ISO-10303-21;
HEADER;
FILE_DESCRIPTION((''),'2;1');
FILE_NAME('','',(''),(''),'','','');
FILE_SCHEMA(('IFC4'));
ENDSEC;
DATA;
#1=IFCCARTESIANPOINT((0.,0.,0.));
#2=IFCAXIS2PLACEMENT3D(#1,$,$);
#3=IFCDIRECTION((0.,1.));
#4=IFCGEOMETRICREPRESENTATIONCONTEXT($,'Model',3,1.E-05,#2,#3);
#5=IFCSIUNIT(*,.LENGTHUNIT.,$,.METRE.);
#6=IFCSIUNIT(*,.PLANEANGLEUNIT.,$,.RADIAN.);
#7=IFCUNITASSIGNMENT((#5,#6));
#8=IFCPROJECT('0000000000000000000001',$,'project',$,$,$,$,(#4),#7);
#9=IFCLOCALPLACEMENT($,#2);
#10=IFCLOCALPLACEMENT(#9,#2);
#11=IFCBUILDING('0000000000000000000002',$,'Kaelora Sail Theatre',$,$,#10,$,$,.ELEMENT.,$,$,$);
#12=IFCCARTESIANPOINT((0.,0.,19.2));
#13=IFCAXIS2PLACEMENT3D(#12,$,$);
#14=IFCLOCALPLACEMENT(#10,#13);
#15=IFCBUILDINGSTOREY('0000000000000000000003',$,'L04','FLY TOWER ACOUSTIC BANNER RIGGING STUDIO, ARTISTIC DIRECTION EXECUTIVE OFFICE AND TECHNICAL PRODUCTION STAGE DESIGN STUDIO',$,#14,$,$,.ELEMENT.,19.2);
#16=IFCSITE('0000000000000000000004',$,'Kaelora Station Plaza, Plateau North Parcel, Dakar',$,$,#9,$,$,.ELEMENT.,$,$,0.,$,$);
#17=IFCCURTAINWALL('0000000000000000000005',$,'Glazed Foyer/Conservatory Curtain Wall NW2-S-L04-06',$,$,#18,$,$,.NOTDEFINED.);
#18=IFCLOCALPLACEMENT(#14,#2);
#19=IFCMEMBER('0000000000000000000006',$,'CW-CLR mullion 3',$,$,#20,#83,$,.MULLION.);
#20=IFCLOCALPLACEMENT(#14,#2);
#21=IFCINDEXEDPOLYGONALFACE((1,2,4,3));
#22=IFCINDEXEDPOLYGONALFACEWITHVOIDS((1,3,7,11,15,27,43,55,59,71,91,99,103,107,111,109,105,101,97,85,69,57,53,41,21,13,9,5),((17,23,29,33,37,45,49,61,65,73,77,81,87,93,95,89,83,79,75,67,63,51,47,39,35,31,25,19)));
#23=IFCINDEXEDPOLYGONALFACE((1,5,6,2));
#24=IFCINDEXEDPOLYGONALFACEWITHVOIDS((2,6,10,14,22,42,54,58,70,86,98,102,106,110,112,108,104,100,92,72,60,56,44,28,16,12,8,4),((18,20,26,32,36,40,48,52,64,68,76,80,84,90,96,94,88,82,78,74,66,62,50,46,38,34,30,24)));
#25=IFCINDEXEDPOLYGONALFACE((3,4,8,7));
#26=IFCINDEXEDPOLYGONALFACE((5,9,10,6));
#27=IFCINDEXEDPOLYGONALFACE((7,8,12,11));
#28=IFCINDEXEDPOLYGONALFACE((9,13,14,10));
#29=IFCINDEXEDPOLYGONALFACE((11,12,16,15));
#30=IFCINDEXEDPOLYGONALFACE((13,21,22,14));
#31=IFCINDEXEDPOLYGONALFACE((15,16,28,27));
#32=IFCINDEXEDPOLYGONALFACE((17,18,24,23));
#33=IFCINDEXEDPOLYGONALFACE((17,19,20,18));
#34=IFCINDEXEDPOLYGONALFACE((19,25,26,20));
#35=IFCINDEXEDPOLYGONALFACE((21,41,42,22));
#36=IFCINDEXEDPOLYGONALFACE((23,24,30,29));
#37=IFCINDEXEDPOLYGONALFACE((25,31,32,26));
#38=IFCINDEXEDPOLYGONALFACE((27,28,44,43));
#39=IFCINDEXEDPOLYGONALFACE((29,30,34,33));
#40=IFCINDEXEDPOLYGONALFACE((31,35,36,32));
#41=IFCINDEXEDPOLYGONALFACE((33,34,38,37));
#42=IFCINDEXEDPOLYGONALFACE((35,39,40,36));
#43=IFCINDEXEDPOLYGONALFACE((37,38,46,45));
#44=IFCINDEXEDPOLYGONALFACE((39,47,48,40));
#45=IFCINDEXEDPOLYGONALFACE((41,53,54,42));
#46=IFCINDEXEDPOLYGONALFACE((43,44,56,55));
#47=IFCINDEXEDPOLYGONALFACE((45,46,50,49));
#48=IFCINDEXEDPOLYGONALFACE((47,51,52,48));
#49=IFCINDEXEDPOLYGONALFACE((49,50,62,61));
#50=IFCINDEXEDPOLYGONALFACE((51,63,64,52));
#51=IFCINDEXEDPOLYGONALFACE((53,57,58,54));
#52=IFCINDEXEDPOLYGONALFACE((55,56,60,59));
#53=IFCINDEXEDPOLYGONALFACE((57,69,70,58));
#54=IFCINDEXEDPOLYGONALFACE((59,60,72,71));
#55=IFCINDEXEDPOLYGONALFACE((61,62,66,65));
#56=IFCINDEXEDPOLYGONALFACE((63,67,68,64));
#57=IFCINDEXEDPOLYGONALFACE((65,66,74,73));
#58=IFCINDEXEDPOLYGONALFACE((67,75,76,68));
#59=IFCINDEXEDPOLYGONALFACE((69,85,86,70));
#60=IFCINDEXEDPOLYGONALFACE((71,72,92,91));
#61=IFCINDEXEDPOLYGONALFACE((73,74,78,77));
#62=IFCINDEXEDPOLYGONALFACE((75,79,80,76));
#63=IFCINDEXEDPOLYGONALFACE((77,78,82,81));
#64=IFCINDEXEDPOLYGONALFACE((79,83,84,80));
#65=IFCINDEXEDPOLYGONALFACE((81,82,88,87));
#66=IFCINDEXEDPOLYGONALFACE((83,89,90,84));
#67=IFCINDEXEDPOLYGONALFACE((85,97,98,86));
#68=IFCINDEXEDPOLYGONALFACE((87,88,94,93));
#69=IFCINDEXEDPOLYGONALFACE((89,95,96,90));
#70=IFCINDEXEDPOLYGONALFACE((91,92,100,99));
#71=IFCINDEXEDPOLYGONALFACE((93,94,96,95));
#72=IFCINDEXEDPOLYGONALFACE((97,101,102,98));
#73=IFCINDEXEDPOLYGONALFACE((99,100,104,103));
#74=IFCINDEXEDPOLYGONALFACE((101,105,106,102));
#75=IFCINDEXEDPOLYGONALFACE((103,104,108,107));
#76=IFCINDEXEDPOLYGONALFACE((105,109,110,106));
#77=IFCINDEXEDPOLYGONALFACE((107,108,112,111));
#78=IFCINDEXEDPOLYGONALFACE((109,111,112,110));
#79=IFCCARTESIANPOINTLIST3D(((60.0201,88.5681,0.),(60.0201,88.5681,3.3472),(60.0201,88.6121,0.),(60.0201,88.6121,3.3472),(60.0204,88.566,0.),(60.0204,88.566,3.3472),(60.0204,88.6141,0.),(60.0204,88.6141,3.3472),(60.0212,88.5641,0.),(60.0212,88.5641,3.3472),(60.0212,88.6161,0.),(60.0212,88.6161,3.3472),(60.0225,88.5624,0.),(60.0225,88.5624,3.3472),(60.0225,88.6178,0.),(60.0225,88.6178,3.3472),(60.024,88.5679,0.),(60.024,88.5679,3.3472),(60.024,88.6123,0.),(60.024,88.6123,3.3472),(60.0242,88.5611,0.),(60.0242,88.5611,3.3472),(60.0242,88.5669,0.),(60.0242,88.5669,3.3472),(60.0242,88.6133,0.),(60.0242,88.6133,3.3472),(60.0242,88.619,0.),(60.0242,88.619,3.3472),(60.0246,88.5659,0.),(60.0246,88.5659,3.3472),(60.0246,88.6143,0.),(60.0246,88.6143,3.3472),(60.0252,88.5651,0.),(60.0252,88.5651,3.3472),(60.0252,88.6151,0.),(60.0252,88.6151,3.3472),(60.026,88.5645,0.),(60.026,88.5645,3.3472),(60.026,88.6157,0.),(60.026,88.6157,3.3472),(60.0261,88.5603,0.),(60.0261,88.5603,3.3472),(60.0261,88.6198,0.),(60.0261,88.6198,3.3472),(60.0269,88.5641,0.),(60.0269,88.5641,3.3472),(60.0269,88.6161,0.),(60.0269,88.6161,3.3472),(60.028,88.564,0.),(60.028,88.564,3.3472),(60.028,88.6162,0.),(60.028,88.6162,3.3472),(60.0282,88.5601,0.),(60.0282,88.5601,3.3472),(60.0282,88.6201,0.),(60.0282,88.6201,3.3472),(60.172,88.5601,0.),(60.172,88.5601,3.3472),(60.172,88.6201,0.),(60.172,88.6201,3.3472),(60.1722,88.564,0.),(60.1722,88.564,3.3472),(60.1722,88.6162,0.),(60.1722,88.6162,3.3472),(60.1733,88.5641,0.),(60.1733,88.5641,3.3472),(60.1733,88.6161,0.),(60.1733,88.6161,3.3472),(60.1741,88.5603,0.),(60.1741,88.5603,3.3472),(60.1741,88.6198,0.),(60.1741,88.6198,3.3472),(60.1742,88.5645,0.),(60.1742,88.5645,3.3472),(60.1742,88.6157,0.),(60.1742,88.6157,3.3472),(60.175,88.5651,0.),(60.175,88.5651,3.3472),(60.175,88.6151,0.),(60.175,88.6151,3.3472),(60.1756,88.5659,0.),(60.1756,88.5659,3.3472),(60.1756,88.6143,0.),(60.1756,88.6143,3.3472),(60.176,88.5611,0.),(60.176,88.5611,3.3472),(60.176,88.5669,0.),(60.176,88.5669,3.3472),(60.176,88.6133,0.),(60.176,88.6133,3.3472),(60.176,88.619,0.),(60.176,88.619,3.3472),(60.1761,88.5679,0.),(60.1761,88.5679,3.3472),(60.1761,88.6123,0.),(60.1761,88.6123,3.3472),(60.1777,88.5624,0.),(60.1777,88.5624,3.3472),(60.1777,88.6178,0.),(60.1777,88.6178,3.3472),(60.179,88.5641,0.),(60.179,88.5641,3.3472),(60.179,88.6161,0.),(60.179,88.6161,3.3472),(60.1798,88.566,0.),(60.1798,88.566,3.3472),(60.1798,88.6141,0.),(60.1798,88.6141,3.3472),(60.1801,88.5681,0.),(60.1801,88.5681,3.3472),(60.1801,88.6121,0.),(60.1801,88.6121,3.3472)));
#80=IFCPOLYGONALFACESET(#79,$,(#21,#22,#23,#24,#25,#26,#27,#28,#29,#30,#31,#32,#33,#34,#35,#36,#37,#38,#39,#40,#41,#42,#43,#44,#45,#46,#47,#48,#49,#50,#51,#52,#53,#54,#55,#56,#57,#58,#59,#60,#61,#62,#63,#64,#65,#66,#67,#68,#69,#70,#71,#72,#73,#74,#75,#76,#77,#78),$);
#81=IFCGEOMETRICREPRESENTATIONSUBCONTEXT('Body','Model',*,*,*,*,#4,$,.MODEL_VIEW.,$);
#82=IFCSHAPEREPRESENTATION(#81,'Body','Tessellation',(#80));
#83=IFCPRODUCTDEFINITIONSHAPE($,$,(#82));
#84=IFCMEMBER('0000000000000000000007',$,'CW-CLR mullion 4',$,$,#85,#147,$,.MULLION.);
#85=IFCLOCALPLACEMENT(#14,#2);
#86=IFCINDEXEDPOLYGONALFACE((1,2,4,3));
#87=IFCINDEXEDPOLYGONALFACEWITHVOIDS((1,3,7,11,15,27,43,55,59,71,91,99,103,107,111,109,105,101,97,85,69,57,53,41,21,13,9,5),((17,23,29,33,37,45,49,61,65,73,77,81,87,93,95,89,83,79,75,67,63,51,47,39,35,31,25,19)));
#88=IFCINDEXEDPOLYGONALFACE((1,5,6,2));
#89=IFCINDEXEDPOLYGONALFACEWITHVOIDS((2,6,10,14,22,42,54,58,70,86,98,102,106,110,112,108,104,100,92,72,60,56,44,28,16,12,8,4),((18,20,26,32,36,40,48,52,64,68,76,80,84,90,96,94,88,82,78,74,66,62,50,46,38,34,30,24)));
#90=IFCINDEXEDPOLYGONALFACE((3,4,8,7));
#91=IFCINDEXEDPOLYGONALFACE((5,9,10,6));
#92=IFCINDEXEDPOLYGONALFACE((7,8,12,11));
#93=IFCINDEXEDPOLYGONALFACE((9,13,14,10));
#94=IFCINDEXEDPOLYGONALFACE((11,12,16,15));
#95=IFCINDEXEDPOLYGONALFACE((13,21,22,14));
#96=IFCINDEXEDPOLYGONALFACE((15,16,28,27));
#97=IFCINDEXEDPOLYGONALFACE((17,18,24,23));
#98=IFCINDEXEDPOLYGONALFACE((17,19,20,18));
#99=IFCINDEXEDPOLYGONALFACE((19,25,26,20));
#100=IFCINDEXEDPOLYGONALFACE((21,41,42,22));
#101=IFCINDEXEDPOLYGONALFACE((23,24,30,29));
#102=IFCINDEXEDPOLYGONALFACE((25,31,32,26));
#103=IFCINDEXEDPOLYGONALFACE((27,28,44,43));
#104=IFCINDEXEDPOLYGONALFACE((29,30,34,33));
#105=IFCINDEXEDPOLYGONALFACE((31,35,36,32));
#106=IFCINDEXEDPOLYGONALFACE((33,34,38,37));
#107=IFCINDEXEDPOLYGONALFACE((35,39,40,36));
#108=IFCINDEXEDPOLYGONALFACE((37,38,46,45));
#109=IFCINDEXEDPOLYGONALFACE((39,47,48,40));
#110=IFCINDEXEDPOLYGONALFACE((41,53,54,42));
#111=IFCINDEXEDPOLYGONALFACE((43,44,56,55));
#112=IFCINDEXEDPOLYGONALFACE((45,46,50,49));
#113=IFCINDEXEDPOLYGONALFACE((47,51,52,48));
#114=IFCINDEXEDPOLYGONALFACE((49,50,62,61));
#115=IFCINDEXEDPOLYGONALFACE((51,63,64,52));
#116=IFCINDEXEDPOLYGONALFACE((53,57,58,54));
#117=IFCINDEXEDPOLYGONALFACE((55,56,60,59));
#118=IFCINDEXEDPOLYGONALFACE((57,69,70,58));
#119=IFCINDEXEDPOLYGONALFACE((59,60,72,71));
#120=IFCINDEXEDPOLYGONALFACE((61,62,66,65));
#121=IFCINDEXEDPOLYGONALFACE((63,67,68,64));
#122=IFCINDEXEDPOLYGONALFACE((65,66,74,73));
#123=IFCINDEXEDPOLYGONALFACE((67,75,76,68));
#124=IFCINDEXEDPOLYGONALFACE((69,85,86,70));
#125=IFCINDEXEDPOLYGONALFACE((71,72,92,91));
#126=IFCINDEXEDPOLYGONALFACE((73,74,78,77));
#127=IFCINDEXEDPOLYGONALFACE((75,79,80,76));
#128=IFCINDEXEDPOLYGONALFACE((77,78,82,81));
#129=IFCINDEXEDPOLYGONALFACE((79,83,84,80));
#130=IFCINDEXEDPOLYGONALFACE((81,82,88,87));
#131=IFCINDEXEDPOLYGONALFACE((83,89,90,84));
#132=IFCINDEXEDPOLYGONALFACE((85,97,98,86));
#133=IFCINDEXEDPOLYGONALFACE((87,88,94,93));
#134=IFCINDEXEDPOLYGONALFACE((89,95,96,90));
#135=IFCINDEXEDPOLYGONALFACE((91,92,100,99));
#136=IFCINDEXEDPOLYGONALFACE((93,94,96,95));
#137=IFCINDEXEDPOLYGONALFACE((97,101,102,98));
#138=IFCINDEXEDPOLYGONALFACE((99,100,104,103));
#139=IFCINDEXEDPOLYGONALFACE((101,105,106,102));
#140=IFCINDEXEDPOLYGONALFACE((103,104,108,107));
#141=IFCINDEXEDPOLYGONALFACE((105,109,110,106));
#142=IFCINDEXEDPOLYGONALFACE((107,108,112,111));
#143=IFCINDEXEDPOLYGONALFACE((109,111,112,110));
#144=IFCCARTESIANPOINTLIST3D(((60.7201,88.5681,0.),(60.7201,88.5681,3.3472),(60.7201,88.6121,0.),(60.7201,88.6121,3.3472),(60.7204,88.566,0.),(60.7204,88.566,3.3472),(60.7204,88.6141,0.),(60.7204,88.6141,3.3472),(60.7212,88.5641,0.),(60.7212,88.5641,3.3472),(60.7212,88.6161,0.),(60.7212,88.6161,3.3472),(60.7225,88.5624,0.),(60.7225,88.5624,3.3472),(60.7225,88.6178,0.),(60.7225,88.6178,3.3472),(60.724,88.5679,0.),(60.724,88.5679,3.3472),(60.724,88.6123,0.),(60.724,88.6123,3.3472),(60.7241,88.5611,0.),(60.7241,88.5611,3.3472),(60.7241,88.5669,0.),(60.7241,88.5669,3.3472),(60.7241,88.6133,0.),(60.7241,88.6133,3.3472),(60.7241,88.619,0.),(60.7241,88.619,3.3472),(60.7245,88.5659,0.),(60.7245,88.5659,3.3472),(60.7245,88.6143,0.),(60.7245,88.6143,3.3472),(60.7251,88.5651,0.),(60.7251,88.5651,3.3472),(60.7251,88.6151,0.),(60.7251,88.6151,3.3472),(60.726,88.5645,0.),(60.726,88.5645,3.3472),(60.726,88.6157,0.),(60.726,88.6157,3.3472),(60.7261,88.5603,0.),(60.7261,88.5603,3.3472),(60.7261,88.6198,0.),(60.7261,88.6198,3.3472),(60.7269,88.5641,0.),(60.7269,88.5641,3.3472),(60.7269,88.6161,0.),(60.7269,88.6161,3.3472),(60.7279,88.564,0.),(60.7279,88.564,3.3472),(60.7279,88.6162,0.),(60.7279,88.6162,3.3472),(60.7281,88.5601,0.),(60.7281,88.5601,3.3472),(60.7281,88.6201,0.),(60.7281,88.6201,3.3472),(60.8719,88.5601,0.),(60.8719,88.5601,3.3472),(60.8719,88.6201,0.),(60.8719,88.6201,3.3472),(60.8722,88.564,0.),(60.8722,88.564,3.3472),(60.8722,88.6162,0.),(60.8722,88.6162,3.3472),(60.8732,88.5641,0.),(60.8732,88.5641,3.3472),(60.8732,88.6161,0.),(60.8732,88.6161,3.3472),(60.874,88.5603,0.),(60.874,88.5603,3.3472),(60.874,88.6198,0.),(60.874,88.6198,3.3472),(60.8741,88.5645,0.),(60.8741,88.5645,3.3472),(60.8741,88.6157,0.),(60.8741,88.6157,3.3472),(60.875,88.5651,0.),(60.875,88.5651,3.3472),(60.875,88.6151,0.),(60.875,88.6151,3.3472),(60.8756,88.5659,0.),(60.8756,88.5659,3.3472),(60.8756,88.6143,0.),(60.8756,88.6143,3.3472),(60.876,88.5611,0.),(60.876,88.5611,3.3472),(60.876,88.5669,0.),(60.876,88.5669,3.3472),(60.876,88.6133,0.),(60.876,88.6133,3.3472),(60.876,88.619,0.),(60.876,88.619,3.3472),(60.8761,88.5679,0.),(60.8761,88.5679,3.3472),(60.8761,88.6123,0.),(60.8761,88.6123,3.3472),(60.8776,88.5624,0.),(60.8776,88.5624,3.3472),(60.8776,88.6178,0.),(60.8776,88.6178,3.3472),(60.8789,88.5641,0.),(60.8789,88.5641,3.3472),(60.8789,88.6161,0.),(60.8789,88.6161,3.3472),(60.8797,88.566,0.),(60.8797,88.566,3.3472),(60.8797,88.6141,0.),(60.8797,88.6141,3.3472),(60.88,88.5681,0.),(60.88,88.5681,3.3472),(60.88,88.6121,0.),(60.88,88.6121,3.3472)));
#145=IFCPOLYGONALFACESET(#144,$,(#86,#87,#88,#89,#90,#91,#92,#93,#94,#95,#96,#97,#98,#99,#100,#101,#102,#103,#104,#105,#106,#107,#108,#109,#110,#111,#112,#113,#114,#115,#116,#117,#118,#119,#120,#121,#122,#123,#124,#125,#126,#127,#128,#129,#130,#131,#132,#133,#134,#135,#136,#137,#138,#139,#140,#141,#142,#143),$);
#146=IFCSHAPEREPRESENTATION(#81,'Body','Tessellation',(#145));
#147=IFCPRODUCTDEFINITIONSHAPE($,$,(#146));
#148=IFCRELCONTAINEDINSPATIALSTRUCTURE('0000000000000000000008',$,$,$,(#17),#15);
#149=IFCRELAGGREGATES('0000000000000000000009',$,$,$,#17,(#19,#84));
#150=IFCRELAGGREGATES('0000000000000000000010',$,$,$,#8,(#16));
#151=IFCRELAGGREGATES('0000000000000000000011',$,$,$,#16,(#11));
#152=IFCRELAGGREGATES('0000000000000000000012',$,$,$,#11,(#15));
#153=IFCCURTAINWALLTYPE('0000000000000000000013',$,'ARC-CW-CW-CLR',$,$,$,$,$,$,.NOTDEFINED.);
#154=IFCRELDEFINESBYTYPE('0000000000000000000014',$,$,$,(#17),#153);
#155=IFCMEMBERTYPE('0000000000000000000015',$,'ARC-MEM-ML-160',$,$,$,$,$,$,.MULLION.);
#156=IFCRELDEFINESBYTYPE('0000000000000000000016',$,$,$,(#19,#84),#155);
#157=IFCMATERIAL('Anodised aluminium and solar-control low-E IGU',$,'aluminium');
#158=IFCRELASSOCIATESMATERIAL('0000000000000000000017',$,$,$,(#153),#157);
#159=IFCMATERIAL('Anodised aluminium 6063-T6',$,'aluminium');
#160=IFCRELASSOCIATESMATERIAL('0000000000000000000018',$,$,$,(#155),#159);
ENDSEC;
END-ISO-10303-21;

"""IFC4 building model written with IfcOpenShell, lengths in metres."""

from ifc_helpers import new_model, si_unit, direction, frame, origin, origin_2d, place, context, subcontext, project, spatial, hollow_rectangle, extrude, material, material_profile, profile_set, type_object, element, aggregate, save


model = new_model("IFC4")

# Units and contexts
model_context = context("Model", 3, precision=1e-05, world=origin(), true_north=direction((0.0, 1.0)))
body_context = subcontext(model_context, "Body", "Model", "MODEL_VIEW")
ifc_project = project(units=[si_unit("LENGTHUNIT", "METRE"), si_unit("PLANEANGLEUNIT", "RADIAN")], contexts=[model_context])

# Site, building, storey
site_placement = place(None, origin())
site = spatial("IfcSite", under=ifc_project, at=site_placement, Name="Kaelora Station Plaza, Plateau North Parcel, Dakar", CompositionType="ELEMENT", RefElevation=0.0)
building_placement = place(site_placement, origin())
building = spatial("IfcBuilding", under=site, at=building_placement, Name="Kaelora Sail Theatre", CompositionType="ELEMENT")
storey_placement = place(building_placement, frame((0.0, 0.0, 19.2)))
storey = spatial("IfcBuildingStorey", under=building, at=storey_placement, Name="L04", Description="FLY TOWER ACOUSTIC BANNER RIGGING STUDIO, ARTISTIC DIRECTION EXECUTIVE OFFICE AND TECHNICAL PRODUCTION STAGE DESIGN STUDIO", CompositionType="ELEMENT", Elevation=19.2)

# Curtain wall, members
ifc_material_1 = material(Name="Anodised aluminium and solar-control low-E IGU", Category="aluminium")
curtain_wall_type = type_object("IfcCurtainWallType", Name="ARC-CW-CW-CLR", PredefinedType="NOTDEFINED", material=ifc_material_1)
curtain_wall_placement = place(storey_placement, origin())
curtain_wall = element("IfcCurtainWall", 1, at=curtain_wall_placement, inside=storey, type_object=curtain_wall_type, Name="Glazed Foyer/Conservatory Curtain Wall NW2-S-L04-06", PredefinedType="NOTDEFINED")
ifc_material_2 = material(Name="Anodised aluminium 6063-T6", Category="aluminium")
ifc_material_profile_1 = material_profile(ifc_material_2, hollow_rectangle(XDim=0.0601, YDim=0.1599, WallThickness=0.0039, InnerFilletRadius=0.0039, OuterFilletRadius=0.0081, at=origin_2d()), Name="ALU-MULL 60x160x4")
ifc_profile_set_1 = profile_set([ifc_material_profile_1], Name="Anodised aluminium 6063-T6")
member_type_1 = type_object("IfcMemberType", Name="ARC-MEM-ML-160", PredefinedType="MULLION", material=ifc_profile_set_1)
member_1_placement = place(storey_placement, frame((60.1001, 88.5901, 0.0), z_axis=(0.0, 0.0, 1.0), x_axis=(0.0, 1.0, 0.0)))
member_1 = element("IfcMember", 2, at=member_1_placement, type_object=member_type_1, Name="CW-CLR mullion 3", PredefinedType="MULLION", context=body_context, shape_type="SweptSolid", body=[
    extrude(hollow_rectangle(XDim=0.0601, YDim=0.1599, WallThickness=0.0039, InnerFilletRadius=0.0039, OuterFilletRadius=0.0081, at=origin_2d()), origin(), (0.0, 0.0, 1.0), 3.3472),
])
member_2_placement = place(storey_placement, frame((60.8, 88.5901, 0.0), z_axis=(0.0, 0.0, 1.0), x_axis=(0.0, 1.0, 0.0)))
member_2 = element("IfcMember", 3, at=member_2_placement, type_object=member_type_1, Name="CW-CLR mullion 4", PredefinedType="MULLION", context=body_context, shape_type="SweptSolid", body=[
    extrude(hollow_rectangle(XDim=0.0601, YDim=0.1599, WallThickness=0.0039, InnerFilletRadius=0.0039, OuterFilletRadius=0.0081, at=origin_2d()), origin(), (0.0, 0.0, 1.0), 3.3472),
])

aggregate(curtain_wall, [member_1, member_2])

save(model, "model.ifc")
